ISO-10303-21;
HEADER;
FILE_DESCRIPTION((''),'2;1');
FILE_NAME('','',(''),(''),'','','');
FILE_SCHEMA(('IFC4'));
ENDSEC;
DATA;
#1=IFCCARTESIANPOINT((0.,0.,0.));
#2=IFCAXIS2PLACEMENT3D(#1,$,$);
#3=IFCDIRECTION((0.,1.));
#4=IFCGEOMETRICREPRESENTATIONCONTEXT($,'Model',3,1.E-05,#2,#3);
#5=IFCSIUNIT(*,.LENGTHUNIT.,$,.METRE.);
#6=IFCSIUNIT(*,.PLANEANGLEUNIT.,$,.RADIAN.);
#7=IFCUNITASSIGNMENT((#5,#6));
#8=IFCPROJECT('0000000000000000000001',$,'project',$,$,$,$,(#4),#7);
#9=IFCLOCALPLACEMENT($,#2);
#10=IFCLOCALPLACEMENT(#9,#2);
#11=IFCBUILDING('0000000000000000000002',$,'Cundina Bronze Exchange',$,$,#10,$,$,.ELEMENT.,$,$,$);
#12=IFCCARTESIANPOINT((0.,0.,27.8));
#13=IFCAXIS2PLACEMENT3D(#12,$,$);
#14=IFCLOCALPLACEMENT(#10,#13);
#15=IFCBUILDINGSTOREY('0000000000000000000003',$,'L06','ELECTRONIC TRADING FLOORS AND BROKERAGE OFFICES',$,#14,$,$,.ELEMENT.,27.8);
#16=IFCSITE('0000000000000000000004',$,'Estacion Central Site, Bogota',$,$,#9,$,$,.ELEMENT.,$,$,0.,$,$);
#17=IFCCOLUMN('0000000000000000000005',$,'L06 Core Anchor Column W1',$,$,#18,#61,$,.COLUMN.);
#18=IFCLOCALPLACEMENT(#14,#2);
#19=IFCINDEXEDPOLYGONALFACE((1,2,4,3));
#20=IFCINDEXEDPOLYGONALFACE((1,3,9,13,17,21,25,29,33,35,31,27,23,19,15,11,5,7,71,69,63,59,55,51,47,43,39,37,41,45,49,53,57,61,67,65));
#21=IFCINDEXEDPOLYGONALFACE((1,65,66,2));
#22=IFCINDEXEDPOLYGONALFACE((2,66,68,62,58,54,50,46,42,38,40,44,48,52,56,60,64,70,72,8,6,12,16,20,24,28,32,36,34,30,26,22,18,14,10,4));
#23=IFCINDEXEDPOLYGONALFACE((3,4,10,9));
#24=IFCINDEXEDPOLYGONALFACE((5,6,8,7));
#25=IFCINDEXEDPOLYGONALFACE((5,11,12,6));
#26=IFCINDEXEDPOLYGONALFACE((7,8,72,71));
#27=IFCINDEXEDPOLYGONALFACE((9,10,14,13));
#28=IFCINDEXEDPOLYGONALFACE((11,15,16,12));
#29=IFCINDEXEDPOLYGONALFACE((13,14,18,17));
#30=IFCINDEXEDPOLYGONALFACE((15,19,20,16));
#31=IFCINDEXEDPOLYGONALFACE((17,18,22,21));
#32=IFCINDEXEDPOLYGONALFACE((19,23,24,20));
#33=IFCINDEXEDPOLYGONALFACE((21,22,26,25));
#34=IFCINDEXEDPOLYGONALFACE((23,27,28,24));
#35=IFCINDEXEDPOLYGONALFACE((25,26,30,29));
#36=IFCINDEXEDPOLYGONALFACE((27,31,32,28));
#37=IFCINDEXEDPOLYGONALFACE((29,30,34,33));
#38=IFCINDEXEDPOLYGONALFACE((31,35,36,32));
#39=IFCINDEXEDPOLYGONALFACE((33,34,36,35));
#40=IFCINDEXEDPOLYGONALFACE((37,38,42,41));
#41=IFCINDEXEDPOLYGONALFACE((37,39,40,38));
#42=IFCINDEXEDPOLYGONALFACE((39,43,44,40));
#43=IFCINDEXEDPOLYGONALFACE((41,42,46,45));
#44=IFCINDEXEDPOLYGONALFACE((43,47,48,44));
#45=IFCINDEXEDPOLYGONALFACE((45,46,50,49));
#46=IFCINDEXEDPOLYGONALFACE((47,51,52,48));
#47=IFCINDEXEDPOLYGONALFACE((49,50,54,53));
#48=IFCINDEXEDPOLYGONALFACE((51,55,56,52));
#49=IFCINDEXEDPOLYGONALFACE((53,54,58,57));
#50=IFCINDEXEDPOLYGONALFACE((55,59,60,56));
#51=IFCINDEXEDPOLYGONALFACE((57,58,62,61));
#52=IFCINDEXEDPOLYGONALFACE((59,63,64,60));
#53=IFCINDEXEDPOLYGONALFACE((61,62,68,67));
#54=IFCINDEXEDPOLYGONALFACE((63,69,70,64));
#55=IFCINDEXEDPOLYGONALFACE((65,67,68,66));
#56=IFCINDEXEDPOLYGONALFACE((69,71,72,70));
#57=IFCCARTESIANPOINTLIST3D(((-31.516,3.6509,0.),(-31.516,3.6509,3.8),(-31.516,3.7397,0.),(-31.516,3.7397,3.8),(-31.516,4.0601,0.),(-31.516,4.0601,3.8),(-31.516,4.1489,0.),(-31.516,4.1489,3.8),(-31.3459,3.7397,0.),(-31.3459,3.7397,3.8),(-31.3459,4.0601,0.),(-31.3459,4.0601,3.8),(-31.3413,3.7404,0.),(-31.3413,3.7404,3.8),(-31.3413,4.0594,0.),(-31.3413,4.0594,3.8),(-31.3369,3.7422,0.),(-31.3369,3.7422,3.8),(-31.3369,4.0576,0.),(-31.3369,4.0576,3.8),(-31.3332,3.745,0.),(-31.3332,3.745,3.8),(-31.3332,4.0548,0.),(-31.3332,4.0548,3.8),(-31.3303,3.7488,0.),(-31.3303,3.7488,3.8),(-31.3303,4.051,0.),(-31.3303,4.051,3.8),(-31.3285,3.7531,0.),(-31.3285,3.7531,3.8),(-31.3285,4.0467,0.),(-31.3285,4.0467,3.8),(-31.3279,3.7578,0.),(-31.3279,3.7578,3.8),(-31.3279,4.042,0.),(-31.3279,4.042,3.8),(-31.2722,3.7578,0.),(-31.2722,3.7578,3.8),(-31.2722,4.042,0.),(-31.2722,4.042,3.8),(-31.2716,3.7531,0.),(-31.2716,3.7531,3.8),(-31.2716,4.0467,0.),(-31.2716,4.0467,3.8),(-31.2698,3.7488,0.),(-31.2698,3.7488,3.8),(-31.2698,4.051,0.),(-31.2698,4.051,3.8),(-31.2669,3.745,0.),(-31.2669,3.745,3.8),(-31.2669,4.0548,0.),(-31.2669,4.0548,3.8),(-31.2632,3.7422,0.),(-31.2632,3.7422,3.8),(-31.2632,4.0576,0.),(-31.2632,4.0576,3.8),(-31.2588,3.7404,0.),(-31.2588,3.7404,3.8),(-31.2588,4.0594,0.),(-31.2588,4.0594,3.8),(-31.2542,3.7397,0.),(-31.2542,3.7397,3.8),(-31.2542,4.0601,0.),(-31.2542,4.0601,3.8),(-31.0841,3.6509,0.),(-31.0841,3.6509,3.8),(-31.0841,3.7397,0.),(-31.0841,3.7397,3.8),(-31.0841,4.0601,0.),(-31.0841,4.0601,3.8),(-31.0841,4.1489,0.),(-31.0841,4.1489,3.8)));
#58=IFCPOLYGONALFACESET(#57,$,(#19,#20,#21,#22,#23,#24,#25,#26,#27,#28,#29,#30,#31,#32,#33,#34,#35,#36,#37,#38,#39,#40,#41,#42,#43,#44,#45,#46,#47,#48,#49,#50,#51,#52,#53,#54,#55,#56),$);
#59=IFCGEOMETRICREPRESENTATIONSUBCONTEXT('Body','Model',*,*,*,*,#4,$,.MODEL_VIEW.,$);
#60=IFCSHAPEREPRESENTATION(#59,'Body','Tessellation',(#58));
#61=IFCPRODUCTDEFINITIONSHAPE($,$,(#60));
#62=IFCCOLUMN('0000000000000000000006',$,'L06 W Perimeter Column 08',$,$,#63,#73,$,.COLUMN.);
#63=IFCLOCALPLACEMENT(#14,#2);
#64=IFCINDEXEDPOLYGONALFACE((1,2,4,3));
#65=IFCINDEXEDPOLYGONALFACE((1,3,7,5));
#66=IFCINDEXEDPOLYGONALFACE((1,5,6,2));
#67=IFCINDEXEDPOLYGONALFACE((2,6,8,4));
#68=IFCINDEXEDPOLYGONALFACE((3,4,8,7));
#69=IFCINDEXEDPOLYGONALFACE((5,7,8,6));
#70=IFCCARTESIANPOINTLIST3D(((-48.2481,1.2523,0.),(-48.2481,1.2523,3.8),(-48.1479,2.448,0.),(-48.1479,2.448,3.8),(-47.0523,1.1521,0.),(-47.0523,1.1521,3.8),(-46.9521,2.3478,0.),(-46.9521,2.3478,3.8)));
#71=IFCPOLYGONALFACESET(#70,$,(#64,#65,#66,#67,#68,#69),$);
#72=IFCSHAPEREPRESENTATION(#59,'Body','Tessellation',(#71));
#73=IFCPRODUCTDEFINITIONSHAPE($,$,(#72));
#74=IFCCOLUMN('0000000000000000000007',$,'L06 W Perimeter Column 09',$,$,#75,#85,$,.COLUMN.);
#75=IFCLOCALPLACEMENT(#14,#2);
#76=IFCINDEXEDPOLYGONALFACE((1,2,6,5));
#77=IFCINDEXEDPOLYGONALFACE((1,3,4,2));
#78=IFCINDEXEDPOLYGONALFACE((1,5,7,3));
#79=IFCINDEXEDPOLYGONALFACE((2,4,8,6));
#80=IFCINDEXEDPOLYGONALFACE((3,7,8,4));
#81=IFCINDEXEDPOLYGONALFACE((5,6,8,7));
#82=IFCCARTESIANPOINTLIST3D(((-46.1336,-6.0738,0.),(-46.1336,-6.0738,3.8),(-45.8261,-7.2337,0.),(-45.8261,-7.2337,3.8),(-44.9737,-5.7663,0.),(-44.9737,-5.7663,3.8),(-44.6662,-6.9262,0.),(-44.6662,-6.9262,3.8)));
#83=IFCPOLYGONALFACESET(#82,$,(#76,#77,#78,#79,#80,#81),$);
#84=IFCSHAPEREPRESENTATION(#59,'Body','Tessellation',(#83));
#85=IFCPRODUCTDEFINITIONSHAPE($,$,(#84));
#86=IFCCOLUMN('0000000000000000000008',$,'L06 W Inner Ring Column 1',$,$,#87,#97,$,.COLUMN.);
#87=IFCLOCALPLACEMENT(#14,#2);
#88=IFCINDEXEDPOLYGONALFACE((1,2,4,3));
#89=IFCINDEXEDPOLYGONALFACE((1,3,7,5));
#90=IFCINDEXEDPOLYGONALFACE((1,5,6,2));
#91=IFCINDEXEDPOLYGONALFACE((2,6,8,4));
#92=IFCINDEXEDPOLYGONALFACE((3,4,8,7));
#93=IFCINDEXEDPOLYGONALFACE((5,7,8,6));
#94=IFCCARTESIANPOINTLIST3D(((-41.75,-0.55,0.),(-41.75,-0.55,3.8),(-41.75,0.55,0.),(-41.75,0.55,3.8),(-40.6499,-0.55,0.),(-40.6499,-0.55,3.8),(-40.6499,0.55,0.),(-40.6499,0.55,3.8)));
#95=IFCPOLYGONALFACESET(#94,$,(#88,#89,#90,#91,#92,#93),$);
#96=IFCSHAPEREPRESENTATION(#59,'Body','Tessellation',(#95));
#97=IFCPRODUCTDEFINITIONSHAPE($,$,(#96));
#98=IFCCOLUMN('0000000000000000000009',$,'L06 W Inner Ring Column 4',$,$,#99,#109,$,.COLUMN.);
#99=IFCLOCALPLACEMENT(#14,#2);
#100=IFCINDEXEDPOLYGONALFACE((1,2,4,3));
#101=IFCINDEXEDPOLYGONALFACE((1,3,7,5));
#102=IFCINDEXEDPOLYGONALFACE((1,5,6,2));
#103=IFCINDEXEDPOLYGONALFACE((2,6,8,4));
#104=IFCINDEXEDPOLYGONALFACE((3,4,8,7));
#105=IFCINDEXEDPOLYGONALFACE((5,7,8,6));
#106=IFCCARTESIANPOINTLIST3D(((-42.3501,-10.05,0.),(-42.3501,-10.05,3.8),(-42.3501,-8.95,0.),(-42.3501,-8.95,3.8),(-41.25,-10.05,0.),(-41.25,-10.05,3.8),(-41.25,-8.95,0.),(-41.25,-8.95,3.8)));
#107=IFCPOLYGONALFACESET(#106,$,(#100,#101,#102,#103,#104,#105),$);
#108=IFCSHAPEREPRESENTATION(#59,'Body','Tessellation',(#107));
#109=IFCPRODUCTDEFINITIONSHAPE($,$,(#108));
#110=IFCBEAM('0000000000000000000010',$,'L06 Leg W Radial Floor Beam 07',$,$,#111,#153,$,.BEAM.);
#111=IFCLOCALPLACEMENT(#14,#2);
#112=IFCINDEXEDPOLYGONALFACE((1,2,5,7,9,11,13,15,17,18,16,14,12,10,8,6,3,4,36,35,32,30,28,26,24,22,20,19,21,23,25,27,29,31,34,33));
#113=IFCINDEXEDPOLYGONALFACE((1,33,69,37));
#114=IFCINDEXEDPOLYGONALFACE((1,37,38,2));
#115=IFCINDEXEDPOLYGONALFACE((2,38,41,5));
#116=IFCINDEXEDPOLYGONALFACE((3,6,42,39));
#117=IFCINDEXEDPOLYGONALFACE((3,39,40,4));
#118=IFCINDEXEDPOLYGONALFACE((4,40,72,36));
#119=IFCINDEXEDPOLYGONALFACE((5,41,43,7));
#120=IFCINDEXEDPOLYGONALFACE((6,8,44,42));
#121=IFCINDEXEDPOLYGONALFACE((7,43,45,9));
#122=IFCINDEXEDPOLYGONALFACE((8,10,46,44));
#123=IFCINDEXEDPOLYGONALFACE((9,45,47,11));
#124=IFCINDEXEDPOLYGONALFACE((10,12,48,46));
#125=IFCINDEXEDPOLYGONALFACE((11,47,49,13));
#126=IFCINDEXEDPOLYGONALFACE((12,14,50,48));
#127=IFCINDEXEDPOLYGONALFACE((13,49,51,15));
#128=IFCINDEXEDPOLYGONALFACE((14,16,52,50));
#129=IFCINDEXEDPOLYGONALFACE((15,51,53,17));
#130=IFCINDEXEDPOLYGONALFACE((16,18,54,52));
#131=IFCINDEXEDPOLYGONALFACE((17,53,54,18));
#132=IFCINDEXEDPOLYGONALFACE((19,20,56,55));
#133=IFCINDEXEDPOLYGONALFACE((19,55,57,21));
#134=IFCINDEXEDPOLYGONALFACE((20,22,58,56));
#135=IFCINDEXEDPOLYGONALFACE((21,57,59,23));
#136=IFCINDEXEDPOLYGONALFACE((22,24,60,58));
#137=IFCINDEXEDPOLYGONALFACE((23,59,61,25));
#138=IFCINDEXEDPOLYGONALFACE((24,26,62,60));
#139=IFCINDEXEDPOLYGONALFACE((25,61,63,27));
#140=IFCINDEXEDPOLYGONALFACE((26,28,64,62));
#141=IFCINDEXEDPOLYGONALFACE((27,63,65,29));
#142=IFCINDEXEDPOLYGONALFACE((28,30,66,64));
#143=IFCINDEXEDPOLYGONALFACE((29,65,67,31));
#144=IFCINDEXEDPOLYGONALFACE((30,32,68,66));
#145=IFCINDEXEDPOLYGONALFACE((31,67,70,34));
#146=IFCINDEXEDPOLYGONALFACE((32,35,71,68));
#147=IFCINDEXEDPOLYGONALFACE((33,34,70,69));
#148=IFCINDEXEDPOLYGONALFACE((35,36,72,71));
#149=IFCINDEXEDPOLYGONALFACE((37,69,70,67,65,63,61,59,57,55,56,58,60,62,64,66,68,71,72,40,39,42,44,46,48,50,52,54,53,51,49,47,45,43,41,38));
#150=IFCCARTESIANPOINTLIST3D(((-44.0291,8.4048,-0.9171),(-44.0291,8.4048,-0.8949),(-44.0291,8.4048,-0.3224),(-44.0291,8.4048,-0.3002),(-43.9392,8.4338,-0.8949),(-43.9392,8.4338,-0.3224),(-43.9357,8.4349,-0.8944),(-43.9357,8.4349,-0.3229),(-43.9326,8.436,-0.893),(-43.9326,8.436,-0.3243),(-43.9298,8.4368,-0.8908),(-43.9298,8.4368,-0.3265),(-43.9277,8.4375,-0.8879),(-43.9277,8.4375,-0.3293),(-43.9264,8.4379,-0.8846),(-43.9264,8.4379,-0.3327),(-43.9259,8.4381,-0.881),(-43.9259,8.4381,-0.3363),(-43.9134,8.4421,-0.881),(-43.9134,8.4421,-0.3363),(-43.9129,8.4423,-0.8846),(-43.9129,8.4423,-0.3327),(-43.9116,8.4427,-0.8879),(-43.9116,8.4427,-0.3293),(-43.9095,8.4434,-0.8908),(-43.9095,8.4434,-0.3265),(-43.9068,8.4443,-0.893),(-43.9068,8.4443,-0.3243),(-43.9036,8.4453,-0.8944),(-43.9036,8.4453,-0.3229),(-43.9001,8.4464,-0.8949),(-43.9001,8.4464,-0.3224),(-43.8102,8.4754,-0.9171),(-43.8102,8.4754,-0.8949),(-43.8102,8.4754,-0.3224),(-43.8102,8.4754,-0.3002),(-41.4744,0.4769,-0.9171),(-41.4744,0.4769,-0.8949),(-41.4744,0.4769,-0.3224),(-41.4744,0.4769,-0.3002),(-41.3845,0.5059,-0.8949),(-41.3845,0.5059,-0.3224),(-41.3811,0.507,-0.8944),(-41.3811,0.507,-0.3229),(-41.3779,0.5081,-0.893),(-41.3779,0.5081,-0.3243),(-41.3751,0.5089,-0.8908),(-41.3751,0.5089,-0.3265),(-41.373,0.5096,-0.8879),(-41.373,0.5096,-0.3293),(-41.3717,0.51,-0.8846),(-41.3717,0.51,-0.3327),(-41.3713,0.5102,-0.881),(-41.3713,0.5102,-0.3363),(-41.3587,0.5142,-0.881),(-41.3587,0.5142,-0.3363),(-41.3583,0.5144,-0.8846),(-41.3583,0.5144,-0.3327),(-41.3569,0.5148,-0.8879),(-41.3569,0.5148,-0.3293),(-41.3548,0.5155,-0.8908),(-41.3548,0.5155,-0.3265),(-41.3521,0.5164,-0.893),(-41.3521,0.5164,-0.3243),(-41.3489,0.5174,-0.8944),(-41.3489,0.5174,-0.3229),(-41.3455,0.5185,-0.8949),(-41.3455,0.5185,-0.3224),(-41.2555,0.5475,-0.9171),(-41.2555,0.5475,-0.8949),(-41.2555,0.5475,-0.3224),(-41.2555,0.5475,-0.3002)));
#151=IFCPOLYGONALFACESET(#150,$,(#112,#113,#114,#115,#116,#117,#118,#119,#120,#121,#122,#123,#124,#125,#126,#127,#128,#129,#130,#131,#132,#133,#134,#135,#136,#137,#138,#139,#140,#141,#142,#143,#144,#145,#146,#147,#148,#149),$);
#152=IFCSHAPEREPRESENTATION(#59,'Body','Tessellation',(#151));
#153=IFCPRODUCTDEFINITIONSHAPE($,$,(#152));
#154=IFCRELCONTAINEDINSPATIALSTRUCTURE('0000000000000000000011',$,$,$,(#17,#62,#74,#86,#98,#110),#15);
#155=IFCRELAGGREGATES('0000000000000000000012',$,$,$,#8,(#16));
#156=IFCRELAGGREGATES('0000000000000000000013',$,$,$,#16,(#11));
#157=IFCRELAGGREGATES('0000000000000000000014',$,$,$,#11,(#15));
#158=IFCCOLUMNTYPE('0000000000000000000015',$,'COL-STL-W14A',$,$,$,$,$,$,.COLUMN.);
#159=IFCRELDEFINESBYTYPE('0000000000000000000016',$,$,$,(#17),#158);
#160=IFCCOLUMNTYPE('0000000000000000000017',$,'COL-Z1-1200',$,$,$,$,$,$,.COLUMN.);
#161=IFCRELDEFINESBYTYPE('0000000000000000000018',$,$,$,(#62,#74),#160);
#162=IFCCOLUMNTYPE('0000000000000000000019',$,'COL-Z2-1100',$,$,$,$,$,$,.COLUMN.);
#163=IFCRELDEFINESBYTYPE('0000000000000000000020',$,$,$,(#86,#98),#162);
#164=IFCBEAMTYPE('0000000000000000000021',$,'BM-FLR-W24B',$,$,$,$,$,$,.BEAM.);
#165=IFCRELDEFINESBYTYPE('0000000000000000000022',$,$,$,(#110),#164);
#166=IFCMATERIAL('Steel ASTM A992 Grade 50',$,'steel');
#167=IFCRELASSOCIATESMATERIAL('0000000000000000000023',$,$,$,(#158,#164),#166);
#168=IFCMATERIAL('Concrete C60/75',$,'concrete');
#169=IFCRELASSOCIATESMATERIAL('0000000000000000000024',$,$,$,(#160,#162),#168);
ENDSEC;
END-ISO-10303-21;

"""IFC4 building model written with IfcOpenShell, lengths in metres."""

from ifc_helpers import new_model, si_unit, direction, frame, origin, origin_2d, place, context, subcontext, project, spatial, rectangle, i_section, extrude, material, material_profile, profile_set, type_object, element, save


model = new_model("IFC4")

# Units and contexts
model_context = context("Model", 3, precision=1e-05, world=origin(), true_north=direction((0.0, 1.0)))
body_context = subcontext(model_context, "Body", "Model", "MODEL_VIEW")
ifc_project = project(units=[si_unit("LENGTHUNIT", "METRE"), si_unit("PLANEANGLEUNIT", "RADIAN")], contexts=[model_context])

# Site, building, storey
site_placement = place(None, origin())
site = spatial("IfcSite", under=ifc_project, at=site_placement, Name="Estacion Central Site, Bogota", CompositionType="ELEMENT", RefElevation=0.0)
building_placement = place(site_placement, origin())
building = spatial("IfcBuilding", under=site, at=building_placement, Name="Cundina Bronze Exchange", CompositionType="ELEMENT")
storey_placement = place(building_placement, frame((0.0, 0.0, 27.8)))
storey = spatial("IfcBuildingStorey", under=building, at=storey_placement, Name="L06", Description="ELECTRONIC TRADING FLOORS AND BROKERAGE OFFICES", CompositionType="ELEMENT", Elevation=27.8)

# Columns
ifc_material_1 = material(Name="Steel ASTM A992 Grade 50", Category="steel")
ifc_material_profile_1 = material_profile(ifc_material_1, i_section(OverallWidth=0.4319, OverallDepth=0.498, WebThickness=0.0557, FlangeThickness=0.0889, FilletRadius=0.0181, at=origin_2d()), Name="W14X500", Category="steel")
ifc_profile_set_1 = profile_set([ifc_material_profile_1], Name="Steel ASTM A992 Grade 50")
column_type_1 = type_object("IfcColumnType", Name="COL-STL-W14A", PredefinedType="COLUMN", material=ifc_profile_set_1)
column_placement = place(storey_placement, frame((-31.3, 3.8999, 0.0), z_axis=(0.0, 0.0, 1.0), x_axis=(1.0, 0.0, 0.0)))
element("IfcColumn", 1, at=column_placement, inside=storey, type_object=column_type_1, Name="L06 Core Anchor Column W1", PredefinedType="COLUMN", context=body_context, shape_type="SweptSolid", body=[
    extrude(i_section(OverallWidth=0.4319, OverallDepth=0.498, WebThickness=0.0557, FlangeThickness=0.0889, FilletRadius=0.0181, at=origin_2d()), origin(), (0.0, 0.0, 1.0), 3.8),
])
ifc_material_2 = material(Name="Concrete C60/75", Category="concrete")
ifc_material_profile_2 = material_profile(ifc_material_2, rectangle(XDim=1.2, YDim=1.2, at=origin_2d()), Name="RC1200X1200", Category="concrete")
ifc_profile_set_2 = profile_set([ifc_material_profile_2], Name="Concrete C60/75")
column_type_2 = type_object("IfcColumnType", Name="COL-Z1-1200", PredefinedType="COLUMN", material=ifc_profile_set_2)
for number, where, z_axis, x_axis, name in (
    (2, (-47.6001, 1.8, 0.0), (0.0, 0.0, 1.0), (-0.083504, -0.996507, 0.0), "L06 W Perimeter Column 08"),
    (3, (-45.3999, -6.5, 0.0), (0.0, 0.0, 1.0), (0.256289, -0.9666, 0.0), "L06 W Perimeter Column 09"),
):
    element("IfcColumn", number, at=place(storey_placement, frame(where, z_axis=z_axis, x_axis=x_axis)), inside=storey, type_object=column_type_2, Name=name, PredefinedType="COLUMN", context=body_context, shape_type="SweptSolid", body=[
        extrude(rectangle(XDim=1.2, YDim=1.2, at=origin_2d()), origin(), (0.0, 0.0, 1.0), 3.8),
    ])
ifc_material_profile_3 = material_profile(ifc_material_2, rectangle(XDim=1.1001, YDim=1.1001, at=origin_2d()), Name="RC1100X1100", Category="concrete")
ifc_profile_set_3 = profile_set([ifc_material_profile_3], Name="Concrete C60/75")
column_type_3 = type_object("IfcColumnType", Name="COL-Z2-1100", PredefinedType="COLUMN", material=ifc_profile_set_3)
for number, where, z_axis, x_axis, name in (
    (4, (-41.2, 0.0, 0.0), (0.0, 0.0, 1.0), (1.0, 0.0, 0.0), "L06 W Inner Ring Column 1"),
    (5, (-41.8, -9.5, 0.0), (0.0, 0.0, 1.0), (1.0, 0.0, 0.0), "L06 W Inner Ring Column 4"),
):
    element("IfcColumn", number, at=place(storey_placement, frame(where, z_axis=z_axis, x_axis=x_axis)), inside=storey, type_object=column_type_3, Name=name, PredefinedType="COLUMN", context=body_context, shape_type="SweptSolid", body=[
        extrude(rectangle(XDim=1.1001, YDim=1.1001, at=origin_2d()), origin(), (0.0, 0.0, 1.0), 3.8),
    ])

# Beam
ifc_material_profile_4 = material_profile(ifc_material_1, i_section(OverallWidth=0.23, OverallDepth=0.6169, WebThickness=0.0132, FlangeThickness=0.0222, FilletRadius=0.0139, at=origin_2d()), Name="W24X94", Category="steel")
ifc_profile_set_4 = profile_set([ifc_material_profile_4], Name="Steel ASTM A992 Grade 50")
beam_type_1 = type_object("IfcBeamType", Name="BM-FLR-W24B", PredefinedType="BEAM", material=ifc_profile_set_4)
beam_1_placement = place(storey_placement, frame((-41.365, 0.5122, -0.6086), z_axis=(-0.306706, 0.951804, 0.0), x_axis=(-0.951804, -0.306706, 0.0)))
element("IfcBeam", 6, at=beam_1_placement, inside=storey, type_object=beam_type_1, Name="L06 Leg W Radial Floor Beam 07", PredefinedType="BEAM", context=body_context, shape_type="SweptSolid", body=[
    extrude(i_section(OverallWidth=0.23, OverallDepth=0.6169, WebThickness=0.0132, FlangeThickness=0.0222, FilletRadius=0.0139, at=origin_2d()), origin(), (0.0, 0.0, 1.0), 8.3293),
])

save(model, "model.ifc")
